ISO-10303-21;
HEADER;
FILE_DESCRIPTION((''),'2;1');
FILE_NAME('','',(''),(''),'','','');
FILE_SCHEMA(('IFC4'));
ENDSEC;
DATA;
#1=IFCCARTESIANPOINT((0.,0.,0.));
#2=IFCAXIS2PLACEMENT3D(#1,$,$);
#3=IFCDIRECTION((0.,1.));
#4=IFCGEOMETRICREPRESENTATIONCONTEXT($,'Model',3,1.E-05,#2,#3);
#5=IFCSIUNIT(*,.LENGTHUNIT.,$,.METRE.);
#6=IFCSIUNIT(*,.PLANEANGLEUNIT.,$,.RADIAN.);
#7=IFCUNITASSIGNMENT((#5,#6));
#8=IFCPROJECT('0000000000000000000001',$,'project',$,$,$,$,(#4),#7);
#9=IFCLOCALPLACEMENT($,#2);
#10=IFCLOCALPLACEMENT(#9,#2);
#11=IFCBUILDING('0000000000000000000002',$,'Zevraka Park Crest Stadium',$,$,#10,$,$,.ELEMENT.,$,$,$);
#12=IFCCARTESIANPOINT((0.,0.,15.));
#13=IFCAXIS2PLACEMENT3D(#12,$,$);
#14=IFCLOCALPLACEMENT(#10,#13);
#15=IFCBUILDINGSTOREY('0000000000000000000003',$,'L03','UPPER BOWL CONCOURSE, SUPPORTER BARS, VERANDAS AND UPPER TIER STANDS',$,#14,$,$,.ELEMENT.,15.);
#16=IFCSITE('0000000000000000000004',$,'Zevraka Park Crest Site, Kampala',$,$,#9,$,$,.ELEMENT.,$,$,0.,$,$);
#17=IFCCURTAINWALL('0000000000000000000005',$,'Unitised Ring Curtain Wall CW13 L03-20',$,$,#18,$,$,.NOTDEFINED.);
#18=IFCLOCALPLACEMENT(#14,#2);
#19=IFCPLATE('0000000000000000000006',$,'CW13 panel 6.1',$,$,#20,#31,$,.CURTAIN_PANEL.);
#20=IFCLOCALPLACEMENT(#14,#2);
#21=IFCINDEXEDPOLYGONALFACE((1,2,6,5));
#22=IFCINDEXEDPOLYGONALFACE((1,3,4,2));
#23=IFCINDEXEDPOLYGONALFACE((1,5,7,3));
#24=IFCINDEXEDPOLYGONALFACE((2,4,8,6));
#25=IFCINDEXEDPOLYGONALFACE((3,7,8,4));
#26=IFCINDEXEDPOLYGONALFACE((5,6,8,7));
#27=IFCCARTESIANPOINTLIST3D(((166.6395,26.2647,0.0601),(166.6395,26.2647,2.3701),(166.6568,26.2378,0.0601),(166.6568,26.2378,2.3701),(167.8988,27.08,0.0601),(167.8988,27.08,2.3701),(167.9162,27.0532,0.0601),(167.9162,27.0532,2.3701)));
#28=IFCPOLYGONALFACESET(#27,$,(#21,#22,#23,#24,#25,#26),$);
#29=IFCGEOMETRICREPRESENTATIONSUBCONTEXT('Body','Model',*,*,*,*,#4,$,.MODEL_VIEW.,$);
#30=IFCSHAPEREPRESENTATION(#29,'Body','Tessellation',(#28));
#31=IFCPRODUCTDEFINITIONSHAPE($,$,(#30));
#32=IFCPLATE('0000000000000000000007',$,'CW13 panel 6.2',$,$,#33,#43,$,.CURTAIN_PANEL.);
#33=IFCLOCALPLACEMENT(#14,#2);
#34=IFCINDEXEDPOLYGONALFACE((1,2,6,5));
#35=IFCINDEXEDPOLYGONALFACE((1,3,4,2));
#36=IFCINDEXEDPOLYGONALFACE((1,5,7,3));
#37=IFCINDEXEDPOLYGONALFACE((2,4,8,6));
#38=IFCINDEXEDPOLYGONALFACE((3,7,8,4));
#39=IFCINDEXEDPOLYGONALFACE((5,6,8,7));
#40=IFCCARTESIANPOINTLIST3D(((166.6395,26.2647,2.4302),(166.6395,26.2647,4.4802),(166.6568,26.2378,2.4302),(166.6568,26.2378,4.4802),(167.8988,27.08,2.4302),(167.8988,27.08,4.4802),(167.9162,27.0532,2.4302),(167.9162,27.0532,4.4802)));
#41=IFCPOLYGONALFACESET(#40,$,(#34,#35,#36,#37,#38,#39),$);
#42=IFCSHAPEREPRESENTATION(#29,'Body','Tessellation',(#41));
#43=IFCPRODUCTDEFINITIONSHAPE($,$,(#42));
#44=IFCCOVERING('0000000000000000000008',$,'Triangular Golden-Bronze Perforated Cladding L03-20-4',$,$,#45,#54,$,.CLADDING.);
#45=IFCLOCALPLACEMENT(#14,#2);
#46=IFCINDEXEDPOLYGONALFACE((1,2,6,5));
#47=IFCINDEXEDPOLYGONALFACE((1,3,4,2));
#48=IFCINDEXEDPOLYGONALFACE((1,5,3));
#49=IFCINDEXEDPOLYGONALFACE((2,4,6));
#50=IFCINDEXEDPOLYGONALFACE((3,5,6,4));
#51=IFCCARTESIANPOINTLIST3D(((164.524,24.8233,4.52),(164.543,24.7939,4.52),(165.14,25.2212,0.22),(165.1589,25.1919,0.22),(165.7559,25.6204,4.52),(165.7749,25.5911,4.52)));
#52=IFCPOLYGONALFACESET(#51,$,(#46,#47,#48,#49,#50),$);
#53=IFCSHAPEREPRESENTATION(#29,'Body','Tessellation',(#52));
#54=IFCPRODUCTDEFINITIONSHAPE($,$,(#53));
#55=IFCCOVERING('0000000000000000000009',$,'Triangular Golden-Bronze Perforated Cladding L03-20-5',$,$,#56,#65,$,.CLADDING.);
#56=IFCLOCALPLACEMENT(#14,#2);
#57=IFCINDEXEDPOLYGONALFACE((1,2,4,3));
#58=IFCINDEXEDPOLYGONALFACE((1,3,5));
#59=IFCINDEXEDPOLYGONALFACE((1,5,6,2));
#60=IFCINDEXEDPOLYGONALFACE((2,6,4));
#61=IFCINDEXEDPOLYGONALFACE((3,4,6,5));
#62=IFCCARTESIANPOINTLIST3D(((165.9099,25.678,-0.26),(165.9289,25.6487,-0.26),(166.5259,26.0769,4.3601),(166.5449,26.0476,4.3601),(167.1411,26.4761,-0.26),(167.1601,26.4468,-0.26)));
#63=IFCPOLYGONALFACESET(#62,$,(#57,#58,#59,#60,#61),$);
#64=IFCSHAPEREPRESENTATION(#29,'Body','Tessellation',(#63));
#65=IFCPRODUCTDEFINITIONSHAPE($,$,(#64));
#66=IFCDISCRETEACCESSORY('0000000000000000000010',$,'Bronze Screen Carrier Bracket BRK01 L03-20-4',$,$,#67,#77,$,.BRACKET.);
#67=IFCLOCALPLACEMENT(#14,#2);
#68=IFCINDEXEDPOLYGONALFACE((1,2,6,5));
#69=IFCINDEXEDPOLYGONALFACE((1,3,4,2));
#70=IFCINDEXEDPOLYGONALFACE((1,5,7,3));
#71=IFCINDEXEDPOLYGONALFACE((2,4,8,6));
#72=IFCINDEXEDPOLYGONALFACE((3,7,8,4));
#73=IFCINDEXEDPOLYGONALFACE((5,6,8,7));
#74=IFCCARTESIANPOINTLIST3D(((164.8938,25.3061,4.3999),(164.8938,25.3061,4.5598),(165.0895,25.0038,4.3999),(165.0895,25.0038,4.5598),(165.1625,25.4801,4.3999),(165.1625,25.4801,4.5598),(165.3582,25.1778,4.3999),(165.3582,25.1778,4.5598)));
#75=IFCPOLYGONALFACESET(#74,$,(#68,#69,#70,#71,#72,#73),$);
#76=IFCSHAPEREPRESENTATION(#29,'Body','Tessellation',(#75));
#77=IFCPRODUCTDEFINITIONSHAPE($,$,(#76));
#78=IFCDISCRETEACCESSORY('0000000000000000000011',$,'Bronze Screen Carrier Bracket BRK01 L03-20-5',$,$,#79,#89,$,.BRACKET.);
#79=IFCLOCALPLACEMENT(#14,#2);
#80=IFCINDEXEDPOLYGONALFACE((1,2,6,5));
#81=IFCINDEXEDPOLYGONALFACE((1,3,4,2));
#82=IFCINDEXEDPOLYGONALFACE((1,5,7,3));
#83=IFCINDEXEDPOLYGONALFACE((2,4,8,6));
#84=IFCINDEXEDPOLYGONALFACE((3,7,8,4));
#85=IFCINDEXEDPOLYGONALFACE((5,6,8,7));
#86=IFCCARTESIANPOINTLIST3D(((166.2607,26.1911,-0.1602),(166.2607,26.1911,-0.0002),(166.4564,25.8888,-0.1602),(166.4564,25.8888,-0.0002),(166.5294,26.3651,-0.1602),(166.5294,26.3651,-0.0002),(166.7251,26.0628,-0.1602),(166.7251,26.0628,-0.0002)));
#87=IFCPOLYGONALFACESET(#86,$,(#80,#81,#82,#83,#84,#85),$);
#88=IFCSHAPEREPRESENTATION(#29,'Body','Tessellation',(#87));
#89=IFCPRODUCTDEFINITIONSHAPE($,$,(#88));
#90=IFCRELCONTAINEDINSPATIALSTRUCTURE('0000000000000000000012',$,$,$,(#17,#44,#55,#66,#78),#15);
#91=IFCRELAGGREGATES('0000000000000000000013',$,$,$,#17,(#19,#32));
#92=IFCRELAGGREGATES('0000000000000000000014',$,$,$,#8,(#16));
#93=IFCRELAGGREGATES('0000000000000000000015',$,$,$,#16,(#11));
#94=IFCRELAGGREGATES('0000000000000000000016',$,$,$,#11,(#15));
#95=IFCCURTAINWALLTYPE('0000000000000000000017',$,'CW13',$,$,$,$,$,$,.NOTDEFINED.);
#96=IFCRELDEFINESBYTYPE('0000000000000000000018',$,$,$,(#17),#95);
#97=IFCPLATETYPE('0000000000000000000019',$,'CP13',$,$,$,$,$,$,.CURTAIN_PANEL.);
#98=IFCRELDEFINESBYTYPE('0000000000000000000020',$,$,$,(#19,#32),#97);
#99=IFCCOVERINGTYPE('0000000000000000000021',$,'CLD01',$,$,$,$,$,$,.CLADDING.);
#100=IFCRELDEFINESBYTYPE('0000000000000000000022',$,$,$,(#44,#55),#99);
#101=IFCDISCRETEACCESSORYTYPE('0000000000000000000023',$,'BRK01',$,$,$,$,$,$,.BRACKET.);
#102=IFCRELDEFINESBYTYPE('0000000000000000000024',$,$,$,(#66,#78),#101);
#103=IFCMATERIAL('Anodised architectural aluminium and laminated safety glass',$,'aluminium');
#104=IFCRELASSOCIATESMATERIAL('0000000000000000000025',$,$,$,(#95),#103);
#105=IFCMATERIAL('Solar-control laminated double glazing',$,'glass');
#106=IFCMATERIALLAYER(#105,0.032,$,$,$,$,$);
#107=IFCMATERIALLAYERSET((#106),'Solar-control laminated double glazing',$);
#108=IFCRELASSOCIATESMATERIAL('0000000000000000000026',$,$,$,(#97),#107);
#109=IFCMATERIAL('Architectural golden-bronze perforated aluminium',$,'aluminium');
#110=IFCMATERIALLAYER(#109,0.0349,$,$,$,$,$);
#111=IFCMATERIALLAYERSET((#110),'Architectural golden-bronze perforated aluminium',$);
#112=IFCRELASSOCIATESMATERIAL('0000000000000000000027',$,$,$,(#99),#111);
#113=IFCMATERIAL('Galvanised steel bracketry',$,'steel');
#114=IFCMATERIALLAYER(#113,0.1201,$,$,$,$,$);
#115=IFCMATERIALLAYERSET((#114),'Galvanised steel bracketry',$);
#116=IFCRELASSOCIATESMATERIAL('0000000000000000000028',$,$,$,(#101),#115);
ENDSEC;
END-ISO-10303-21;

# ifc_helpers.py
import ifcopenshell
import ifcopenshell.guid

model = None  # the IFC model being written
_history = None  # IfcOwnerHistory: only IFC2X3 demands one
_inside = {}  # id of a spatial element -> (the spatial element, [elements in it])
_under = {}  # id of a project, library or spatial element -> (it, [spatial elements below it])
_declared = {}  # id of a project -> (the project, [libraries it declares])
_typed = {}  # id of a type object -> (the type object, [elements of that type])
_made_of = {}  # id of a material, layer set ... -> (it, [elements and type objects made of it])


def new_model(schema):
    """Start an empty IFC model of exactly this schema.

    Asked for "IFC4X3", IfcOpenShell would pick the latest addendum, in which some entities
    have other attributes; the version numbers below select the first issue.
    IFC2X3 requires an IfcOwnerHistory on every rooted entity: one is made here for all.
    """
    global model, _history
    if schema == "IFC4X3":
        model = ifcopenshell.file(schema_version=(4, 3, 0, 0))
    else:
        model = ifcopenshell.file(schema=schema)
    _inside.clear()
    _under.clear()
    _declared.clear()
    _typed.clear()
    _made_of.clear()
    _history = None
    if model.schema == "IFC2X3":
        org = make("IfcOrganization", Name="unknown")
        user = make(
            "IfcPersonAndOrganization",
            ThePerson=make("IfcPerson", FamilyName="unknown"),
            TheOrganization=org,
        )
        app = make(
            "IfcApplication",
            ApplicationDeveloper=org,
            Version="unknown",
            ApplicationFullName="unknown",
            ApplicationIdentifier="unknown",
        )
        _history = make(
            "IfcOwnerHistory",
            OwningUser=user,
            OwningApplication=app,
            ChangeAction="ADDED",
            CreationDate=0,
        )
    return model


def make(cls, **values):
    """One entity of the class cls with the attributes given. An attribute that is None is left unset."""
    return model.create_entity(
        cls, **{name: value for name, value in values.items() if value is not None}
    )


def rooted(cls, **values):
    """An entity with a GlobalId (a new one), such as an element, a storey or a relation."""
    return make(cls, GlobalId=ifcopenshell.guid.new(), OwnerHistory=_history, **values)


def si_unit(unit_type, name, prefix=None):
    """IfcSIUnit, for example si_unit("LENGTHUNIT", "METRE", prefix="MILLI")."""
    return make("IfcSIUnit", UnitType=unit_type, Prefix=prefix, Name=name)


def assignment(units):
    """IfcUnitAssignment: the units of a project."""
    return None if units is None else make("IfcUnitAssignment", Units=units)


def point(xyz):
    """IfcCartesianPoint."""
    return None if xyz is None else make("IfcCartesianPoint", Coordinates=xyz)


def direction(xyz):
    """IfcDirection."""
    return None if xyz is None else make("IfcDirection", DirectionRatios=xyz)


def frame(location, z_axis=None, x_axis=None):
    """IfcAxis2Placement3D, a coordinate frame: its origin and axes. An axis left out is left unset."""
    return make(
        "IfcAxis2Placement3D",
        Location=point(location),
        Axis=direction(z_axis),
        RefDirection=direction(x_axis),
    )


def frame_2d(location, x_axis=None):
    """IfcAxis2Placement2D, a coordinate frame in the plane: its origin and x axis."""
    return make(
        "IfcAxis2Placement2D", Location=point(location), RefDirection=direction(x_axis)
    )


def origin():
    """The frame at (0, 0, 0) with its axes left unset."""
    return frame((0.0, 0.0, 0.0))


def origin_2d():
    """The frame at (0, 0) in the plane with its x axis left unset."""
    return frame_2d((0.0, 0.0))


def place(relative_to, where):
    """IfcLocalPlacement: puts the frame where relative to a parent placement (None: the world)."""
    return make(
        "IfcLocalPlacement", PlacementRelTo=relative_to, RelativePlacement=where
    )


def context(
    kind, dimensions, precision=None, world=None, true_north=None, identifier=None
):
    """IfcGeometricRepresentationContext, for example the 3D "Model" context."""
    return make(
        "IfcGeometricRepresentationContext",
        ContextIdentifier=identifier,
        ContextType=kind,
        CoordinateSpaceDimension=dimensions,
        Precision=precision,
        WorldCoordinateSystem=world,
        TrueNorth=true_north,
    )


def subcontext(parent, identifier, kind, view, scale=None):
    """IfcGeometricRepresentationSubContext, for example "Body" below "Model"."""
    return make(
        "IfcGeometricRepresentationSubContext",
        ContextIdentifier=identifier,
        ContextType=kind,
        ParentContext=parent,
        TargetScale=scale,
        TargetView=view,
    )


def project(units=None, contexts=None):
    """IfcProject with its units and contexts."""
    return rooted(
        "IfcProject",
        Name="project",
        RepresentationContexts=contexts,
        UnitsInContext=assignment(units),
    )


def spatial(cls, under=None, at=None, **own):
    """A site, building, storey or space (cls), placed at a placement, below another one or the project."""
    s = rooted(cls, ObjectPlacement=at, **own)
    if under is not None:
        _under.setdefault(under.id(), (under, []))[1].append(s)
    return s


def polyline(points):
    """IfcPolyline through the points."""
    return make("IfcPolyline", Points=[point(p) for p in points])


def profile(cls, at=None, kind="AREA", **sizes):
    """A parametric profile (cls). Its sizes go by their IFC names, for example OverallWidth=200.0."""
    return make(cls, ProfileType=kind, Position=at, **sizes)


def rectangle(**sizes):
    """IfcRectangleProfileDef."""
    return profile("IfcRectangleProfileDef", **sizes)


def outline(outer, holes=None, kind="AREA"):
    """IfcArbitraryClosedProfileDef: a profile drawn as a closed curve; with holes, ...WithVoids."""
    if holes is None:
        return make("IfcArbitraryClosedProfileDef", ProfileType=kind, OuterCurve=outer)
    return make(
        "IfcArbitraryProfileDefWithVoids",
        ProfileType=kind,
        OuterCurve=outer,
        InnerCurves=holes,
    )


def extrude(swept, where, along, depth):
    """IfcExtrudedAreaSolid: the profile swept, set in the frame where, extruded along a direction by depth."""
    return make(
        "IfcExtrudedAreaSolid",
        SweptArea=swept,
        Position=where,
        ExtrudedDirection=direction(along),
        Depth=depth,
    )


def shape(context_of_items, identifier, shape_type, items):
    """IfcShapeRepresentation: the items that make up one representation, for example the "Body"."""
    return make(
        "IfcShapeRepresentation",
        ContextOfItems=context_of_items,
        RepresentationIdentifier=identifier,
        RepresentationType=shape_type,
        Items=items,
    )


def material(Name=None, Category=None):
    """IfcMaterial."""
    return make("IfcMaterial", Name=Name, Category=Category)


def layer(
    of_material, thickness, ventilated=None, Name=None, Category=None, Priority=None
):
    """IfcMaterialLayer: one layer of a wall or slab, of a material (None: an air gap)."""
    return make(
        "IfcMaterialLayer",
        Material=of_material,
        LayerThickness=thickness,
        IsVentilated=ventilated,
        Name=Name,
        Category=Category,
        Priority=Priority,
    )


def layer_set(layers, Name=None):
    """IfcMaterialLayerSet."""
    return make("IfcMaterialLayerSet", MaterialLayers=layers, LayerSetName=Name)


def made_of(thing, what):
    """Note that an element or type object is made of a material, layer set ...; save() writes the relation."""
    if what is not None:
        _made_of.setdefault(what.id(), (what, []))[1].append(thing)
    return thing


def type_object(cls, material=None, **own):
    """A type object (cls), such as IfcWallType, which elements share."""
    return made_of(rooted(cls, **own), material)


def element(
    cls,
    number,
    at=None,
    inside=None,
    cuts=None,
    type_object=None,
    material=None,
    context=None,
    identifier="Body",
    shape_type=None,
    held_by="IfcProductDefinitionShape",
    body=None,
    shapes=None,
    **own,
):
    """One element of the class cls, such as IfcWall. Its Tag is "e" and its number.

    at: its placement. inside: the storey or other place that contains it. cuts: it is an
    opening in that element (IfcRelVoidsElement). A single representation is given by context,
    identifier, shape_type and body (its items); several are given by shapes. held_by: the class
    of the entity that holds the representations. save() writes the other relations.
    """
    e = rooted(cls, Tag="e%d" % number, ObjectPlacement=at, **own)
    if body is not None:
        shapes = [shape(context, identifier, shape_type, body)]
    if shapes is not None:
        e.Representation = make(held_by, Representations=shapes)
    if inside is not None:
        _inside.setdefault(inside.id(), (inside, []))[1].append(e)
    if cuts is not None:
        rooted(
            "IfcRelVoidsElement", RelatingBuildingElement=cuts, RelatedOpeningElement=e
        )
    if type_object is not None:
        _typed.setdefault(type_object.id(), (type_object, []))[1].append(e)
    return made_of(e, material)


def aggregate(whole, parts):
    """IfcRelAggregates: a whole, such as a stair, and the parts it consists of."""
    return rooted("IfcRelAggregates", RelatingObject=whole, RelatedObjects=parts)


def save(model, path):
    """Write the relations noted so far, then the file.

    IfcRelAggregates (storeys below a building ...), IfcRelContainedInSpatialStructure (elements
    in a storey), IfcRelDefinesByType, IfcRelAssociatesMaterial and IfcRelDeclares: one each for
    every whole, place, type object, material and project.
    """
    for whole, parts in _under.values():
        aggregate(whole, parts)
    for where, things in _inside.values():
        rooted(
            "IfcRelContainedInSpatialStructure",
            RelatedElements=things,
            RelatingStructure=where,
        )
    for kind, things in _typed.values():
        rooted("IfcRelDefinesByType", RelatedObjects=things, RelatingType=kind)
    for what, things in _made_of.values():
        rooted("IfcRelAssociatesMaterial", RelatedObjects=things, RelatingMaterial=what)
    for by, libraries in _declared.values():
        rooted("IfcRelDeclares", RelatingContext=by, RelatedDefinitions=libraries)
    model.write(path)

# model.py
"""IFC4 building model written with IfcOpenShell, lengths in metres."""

from ifc_helpers import new_model, si_unit, direction, frame, origin, origin_2d, place, context, subcontext, project, spatial, polyline, rectangle, outline, extrude, material, layer, layer_set, type_object, element, aggregate, save


model = new_model("IFC4")

# Units and contexts
model_context = context("Model", 3, precision=1e-05, world=origin(), true_north=direction((0.0, 1.0)))
body_context = subcontext(model_context, "Body", "Model", "MODEL_VIEW")
ifc_project = project(units=[si_unit("LENGTHUNIT", "METRE"), si_unit("PLANEANGLEUNIT", "RADIAN")], contexts=[model_context])

# Site, building, storey
site_placement = place(None, origin())
site = spatial("IfcSite", under=ifc_project, at=site_placement, Name="Zevraka Park Crest Site, Kampala", CompositionType="ELEMENT", RefElevation=0.0)
building_placement = place(site_placement, origin())
building = spatial("IfcBuilding", under=site, at=building_placement, Name="Zevraka Park Crest Stadium", CompositionType="ELEMENT")
storey_placement = place(building_placement, frame((0.0, 0.0, 15.0)))
storey = spatial("IfcBuildingStorey", under=building, at=storey_placement, Name="L03", Description="UPPER BOWL CONCOURSE, SUPPORTER BARS, VERANDAS AND UPPER TIER STANDS", CompositionType="ELEMENT", Elevation=15.0)

# Curtain wall, plates
ifc_material_1 = material(Name="Anodised architectural aluminium and laminated safety glass", Category="aluminium")
curtain_wall_type = type_object("IfcCurtainWallType", Name="CW13", PredefinedType="NOTDEFINED", material=ifc_material_1)
curtain_wall_placement = place(storey_placement, origin())
curtain_wall = element("IfcCurtainWall", 1, at=curtain_wall_placement, inside=storey, type_object=curtain_wall_type, Name="Unitised Ring Curtain Wall CW13 L03-20", PredefinedType="NOTDEFINED")
ifc_material_2 = material(Name="Solar-control laminated double glazing", Category="glass")
ifc_layer_1 = layer(ifc_material_2, 0.032)
ifc_layer_set_1 = layer_set([ifc_layer_1], Name="Solar-control laminated double glazing")
plate_type = type_object("IfcPlateType", Name="CP13", PredefinedType="CURTAIN_PANEL", material=ifc_layer_set_1)
plate_1_placement = place(storey_placement, frame((167.2778, 26.6589, 0.0601), z_axis=(0.0, 0.0, 1.0), x_axis=(0.839429, 0.543469, 0.0)))
plate_1 = element("IfcPlate", 2, at=plate_1_placement, type_object=plate_type, Name="CW13 panel 6.1", PredefinedType="CURTAIN_PANEL", context=body_context, shape_type="SweptSolid", body=[
    extrude(rectangle(XDim=1.5002, YDim=0.032, at=origin_2d()), origin(), (0.0, 0.0, 1.0), 2.3101),
])
plate_2_placement = place(storey_placement, frame((167.2778, 26.6589, 2.4302), z_axis=(0.0, 0.0, 1.0), x_axis=(0.839429, 0.543469, 0.0)))
plate_2 = element("IfcPlate", 3, at=plate_2_placement, type_object=plate_type, Name="CW13 panel 6.2", PredefinedType="CURTAIN_PANEL", context=body_context, shape_type="SweptSolid", body=[
    extrude(rectangle(XDim=1.5002, YDim=0.032, at=origin_2d()), origin(), (0.0, 0.0, 1.0), 2.05),
])
aggregate(curtain_wall, [plate_1, plate_2])

# Coverings
ifc_material_3 = material(Name="Architectural golden-bronze perforated aluminium", Category="aluminium")
ifc_layer_2 = layer(ifc_material_3, 0.0349)
ifc_layer_set_2 = layer_set([ifc_layer_2], Name="Architectural golden-bronze perforated aluminium")
covering_type = type_object("IfcCoveringType", Name="CLD01", PredefinedType="CLADDING", material=ifc_layer_set_2)
covering_1_placement = place(storey_placement, frame((165.7749, 25.5911, 4.52), z_axis=(0.543244, -0.839575, 0.000119), x_axis=(-0.839575, -0.543244, 0.0)))
element("IfcCovering", 4, at=covering_1_placement, inside=storey, type_object=covering_type, Name="Triangular Golden-Bronze Perforated Cladding L03-20-4", PredefinedType="CLADDING", context=body_context, shape_type="SweptSolid", body=[
    extrude(outline(polyline([(0.0, 0.0), (1.4673, 0.0), (0.734, 4.3), (0.0, 0.0)])), origin(), (0.0, 0.0, -1.0), 0.0349),
])
covering_2_placement = place(storey_placement, frame((165.9099, 25.678, -0.26), z_axis=(-0.543941, 0.839123, 0.000065), x_axis=(0.839123, 0.543941, 0.0)))
element("IfcCovering", 5, at=covering_2_placement, inside=storey, type_object=covering_type, Name="Triangular Golden-Bronze Perforated Cladding L03-20-5", PredefinedType="CLADDING", context=body_context, shape_type="SweptSolid", body=[
    extrude(outline(polyline([(0.0, 0.0), (1.4672, 0.0), (0.7339, -4.6201), (0.0, 0.0)])), origin(), (0.0, 0.0, -1.0), 0.0349),
])

# Discrete accessories
ifc_material_4 = material(Name="Galvanised steel bracketry", Category="steel")
ifc_layer_3 = layer(ifc_material_4, 0.1201)
ifc_layer_set_3 = layer_set([ifc_layer_3], Name="Galvanised steel bracketry")
discrete_accessory_type = type_object("IfcDiscreteAccessoryType", Name="BRK01", PredefinedType="BRACKET", material=ifc_layer_set_3)
for number, where, z_axis, x_axis, name in (
    (6, (165.126, 25.2419, 4.3999), (0.0, 0.0, 1.0), (0.83943, 0.543467, 0.0), "Bronze Screen Carrier Bracket BRK01 L03-20-4"),
    (7, (166.4929, 26.127, -0.1602), (0.0, 0.0, 1.0), (0.83943, 0.543467, 0.0), "Bronze Screen Carrier Bracket BRK01 L03-20-5"),
):
    element("IfcDiscreteAccessory", number, at=place(storey_placement, frame(where, z_axis=z_axis, x_axis=x_axis)), inside=storey, type_object=discrete_accessory_type, Name=name, PredefinedType="BRACKET", context=body_context, shape_type="SweptSolid", body=[
        extrude(rectangle(XDim=0.3201, YDim=0.3601, at=origin_2d()), origin(), (0.0, 0.0, 1.0), 0.1599),
    ])

save(model, "model.ifc")
